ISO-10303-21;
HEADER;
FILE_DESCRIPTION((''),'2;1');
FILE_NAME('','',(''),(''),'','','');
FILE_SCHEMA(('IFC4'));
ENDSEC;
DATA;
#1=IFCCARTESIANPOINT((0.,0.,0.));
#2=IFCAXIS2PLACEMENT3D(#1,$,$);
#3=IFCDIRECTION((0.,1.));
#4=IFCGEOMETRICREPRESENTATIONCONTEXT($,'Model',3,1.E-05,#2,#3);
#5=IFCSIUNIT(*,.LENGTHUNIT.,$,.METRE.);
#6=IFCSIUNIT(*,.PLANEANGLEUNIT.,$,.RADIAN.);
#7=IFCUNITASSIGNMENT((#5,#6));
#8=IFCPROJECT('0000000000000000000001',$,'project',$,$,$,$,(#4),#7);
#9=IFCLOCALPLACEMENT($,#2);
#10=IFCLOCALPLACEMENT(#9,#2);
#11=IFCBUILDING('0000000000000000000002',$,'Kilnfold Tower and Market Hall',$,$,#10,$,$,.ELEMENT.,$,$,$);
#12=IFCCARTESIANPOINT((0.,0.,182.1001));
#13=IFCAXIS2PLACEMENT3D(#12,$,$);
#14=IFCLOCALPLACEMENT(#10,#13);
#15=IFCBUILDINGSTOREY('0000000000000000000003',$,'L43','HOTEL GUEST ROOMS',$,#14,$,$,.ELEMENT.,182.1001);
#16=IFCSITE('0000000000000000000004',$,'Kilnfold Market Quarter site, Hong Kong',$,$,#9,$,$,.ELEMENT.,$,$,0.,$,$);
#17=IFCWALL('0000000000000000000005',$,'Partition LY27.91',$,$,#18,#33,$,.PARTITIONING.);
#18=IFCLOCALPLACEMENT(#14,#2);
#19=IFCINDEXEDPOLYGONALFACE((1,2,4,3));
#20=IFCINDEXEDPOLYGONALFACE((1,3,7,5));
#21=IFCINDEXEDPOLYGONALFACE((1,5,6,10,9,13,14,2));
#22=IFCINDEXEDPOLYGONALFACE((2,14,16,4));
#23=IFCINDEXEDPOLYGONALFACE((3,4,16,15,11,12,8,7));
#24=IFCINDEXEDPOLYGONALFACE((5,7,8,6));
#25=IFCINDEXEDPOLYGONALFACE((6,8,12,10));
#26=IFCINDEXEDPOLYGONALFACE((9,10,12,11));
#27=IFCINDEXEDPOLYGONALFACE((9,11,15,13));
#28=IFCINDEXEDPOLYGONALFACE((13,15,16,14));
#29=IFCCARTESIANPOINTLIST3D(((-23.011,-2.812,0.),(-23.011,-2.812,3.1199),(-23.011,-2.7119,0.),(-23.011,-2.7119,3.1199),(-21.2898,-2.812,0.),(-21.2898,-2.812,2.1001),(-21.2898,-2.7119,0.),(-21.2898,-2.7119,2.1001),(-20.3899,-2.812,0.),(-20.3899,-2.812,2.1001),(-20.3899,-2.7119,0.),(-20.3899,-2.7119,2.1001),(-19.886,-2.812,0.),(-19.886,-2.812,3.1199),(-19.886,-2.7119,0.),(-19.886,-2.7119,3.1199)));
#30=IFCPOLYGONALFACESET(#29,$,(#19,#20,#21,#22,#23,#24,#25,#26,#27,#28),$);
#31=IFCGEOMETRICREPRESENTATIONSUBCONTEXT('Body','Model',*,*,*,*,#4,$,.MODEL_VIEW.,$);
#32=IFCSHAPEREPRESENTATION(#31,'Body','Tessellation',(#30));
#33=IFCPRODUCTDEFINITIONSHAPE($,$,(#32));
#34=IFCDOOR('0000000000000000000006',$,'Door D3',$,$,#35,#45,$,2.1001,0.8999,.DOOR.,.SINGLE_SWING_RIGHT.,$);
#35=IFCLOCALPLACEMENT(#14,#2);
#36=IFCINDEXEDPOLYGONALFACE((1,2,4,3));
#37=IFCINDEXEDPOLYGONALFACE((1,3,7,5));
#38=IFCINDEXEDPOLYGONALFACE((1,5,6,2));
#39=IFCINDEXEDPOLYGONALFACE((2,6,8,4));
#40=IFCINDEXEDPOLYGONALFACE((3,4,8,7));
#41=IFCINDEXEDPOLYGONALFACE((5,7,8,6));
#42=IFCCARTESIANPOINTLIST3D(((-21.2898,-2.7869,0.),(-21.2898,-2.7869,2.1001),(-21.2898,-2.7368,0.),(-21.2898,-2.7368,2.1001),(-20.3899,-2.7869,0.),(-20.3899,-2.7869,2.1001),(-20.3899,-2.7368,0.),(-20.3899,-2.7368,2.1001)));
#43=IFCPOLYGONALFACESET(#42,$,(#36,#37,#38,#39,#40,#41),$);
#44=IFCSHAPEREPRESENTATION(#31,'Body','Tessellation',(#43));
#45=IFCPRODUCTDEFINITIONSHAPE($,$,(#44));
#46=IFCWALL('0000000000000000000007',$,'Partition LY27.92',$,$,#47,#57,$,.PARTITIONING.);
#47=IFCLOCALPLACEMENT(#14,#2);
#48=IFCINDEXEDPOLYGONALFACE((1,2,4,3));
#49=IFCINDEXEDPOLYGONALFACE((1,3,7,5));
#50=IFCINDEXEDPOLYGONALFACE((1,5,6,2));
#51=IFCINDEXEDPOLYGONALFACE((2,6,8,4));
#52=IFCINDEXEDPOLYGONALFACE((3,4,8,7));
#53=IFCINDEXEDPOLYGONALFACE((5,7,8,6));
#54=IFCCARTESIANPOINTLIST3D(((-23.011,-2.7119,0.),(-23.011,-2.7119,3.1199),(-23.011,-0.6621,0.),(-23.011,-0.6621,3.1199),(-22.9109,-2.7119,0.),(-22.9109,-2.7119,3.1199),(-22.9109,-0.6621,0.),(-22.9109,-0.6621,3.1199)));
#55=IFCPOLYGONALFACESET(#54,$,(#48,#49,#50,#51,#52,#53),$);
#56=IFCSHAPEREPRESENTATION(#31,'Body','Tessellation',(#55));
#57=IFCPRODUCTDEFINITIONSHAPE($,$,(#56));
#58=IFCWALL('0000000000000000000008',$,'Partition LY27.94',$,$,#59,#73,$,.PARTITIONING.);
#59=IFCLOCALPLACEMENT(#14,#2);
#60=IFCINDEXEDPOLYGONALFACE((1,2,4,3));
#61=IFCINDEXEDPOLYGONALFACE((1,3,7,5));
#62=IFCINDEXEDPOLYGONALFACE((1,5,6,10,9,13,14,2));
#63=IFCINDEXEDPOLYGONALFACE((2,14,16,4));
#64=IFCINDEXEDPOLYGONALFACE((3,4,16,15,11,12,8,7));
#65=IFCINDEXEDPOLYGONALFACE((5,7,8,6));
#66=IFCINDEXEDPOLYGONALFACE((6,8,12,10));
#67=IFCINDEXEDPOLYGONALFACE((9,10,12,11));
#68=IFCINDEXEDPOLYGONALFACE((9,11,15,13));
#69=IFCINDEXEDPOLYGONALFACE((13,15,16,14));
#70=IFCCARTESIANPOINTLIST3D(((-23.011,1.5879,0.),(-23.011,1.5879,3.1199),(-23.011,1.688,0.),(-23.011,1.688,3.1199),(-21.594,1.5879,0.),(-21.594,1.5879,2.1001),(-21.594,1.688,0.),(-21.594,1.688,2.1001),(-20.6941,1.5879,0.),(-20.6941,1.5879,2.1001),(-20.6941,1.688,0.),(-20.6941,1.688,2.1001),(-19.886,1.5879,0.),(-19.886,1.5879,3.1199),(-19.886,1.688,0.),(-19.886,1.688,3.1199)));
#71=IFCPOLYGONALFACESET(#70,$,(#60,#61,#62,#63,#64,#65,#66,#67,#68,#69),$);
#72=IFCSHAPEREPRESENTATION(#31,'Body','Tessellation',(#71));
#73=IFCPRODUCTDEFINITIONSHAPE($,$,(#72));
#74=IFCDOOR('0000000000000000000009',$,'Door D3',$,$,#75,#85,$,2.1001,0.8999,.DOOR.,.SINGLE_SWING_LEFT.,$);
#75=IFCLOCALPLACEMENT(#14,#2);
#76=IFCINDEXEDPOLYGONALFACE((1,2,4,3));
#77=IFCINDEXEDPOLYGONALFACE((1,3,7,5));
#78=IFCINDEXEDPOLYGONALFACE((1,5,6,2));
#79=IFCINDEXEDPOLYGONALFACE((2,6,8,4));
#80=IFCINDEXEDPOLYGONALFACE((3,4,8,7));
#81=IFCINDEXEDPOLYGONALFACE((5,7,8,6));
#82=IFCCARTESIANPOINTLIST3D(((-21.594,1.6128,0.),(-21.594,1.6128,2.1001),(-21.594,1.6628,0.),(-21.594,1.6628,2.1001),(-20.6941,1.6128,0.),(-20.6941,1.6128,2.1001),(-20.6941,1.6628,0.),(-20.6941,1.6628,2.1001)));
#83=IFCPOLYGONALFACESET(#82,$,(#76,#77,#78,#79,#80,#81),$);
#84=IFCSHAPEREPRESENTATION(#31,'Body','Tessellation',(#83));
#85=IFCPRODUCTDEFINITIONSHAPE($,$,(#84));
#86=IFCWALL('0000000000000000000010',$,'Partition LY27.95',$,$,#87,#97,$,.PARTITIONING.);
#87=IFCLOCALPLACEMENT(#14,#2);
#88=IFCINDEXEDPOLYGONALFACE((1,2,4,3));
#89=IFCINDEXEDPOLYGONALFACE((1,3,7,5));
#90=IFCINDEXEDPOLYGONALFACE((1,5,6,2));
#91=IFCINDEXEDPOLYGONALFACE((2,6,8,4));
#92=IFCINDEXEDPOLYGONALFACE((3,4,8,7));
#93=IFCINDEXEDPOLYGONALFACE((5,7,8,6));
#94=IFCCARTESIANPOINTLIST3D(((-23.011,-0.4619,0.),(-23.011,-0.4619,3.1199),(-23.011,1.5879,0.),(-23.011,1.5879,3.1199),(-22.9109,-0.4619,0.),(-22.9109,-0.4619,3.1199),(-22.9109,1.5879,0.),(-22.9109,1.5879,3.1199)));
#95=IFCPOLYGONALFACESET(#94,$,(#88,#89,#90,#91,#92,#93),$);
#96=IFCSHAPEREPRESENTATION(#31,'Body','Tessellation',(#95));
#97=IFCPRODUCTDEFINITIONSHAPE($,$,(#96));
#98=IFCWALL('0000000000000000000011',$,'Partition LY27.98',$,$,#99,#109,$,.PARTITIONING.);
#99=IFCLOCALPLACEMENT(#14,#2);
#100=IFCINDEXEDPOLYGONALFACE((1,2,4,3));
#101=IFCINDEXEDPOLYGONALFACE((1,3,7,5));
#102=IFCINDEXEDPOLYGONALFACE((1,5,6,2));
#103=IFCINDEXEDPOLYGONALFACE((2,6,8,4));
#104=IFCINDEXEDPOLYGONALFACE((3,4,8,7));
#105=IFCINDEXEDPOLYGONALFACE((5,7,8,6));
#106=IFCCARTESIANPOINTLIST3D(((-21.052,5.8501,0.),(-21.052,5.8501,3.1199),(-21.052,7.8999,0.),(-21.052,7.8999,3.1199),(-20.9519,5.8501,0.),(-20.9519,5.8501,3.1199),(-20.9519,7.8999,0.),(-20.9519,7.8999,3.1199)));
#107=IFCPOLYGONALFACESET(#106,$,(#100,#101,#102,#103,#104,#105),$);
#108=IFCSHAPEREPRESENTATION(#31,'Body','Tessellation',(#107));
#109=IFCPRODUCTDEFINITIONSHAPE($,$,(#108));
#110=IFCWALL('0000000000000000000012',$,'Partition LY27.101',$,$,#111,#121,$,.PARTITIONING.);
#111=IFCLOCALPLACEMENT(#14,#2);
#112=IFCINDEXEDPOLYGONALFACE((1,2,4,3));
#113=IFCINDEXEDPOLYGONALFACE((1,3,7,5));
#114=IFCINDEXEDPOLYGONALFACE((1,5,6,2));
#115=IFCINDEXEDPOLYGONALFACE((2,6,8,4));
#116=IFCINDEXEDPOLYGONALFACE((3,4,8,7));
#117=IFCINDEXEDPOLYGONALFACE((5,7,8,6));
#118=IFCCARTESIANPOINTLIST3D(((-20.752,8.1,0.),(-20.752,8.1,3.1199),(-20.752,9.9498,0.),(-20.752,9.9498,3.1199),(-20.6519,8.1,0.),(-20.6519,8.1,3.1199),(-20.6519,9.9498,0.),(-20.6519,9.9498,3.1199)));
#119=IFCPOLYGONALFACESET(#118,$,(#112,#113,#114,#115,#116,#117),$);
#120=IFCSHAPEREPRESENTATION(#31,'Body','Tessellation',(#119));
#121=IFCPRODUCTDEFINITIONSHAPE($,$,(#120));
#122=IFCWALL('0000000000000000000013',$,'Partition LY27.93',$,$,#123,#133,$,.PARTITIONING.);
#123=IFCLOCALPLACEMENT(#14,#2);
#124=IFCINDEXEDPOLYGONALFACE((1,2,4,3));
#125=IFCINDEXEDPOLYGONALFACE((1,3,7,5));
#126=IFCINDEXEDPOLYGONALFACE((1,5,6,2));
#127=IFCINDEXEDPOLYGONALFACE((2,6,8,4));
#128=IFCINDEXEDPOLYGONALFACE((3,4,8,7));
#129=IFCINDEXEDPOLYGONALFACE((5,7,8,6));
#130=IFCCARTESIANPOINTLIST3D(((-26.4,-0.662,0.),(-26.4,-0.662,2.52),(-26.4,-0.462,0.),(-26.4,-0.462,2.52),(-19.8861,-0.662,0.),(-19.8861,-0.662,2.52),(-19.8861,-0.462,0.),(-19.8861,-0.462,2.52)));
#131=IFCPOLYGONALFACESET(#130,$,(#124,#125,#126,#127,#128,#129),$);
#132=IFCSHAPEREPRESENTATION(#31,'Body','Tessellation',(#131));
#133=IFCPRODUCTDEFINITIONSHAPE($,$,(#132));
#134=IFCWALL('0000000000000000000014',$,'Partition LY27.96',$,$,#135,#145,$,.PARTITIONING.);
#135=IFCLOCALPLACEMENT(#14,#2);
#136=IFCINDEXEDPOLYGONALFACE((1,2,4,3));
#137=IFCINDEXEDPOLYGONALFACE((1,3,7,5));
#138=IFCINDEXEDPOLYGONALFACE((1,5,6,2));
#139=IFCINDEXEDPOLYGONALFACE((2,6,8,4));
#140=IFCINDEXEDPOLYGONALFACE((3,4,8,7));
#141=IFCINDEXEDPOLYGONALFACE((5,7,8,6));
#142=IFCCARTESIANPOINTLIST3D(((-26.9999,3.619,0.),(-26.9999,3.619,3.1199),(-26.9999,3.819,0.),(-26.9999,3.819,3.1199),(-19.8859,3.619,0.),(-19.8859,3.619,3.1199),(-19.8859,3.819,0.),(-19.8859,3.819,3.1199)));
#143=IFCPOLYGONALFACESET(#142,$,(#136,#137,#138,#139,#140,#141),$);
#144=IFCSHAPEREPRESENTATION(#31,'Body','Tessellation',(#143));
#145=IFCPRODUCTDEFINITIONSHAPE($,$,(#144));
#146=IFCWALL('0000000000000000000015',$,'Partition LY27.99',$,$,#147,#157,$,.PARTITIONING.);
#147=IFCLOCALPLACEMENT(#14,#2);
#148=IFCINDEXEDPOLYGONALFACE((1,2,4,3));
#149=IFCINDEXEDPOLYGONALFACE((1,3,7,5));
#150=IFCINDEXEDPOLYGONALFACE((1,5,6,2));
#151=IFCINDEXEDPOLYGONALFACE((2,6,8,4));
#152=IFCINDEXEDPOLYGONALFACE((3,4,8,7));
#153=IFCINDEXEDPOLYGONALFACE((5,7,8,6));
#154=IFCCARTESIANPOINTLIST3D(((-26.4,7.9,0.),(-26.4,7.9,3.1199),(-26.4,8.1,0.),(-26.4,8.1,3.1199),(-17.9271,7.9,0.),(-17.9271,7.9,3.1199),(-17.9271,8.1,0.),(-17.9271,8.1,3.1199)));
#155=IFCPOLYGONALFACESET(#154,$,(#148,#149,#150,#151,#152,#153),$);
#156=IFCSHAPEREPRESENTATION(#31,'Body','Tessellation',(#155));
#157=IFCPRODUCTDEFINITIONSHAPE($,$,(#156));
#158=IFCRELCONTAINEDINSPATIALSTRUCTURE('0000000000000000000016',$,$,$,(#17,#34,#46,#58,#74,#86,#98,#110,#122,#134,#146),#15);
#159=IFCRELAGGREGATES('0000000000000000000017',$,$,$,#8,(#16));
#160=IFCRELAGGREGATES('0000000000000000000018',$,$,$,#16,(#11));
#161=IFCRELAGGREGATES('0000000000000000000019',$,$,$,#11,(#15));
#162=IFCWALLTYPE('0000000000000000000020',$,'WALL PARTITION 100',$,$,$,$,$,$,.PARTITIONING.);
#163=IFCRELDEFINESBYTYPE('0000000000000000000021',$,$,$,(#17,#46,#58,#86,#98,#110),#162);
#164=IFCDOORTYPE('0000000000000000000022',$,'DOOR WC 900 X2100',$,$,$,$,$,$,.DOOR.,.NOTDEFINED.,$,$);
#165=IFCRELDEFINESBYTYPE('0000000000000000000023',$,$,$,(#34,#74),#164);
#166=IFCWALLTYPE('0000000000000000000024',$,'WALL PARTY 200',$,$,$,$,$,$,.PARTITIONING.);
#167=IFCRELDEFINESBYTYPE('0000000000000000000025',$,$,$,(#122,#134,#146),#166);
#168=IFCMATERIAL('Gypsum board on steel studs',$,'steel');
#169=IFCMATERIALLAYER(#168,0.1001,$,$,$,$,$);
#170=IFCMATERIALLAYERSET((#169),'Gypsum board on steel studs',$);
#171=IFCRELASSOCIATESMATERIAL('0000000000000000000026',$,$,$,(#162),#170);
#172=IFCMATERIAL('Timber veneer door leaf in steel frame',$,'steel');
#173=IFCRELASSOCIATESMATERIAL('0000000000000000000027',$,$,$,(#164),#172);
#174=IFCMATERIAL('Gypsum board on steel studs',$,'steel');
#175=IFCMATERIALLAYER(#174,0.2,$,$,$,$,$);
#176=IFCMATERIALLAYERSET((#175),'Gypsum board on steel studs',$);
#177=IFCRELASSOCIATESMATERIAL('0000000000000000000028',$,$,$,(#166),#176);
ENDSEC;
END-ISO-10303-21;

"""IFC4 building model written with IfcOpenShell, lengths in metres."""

from ifc_helpers import new_model, si_unit, direction, frame, frame_2d, origin, place, context, subcontext, project, spatial, rectangle, extrude, material, layer, layer_set, type_object, element, fill, save


model = new_model("IFC4")

# Units and contexts
model_context = context("Model", 3, precision=1e-05, world=origin(), true_north=direction((0.0, 1.0)))
body_context = subcontext(model_context, "Body", "Model", "MODEL_VIEW")
ifc_project = project(units=[si_unit("LENGTHUNIT", "METRE"), si_unit("PLANEANGLEUNIT", "RADIAN")], contexts=[model_context])

# Site, building, storey
site_placement = place(None, origin())
site = spatial("IfcSite", under=ifc_project, at=site_placement, Name="Kilnfold Market Quarter site, Hong Kong", CompositionType="ELEMENT", RefElevation=0.0)
building_placement = place(site_placement, origin())
building = spatial("IfcBuilding", under=site, at=building_placement, Name="Kilnfold Tower and Market Hall", CompositionType="ELEMENT")
storey_placement = place(building_placement, frame((0.0, 0.0, 182.1001)))
storey = spatial("IfcBuildingStorey", under=building, at=storey_placement, Name="L43", Description="HOTEL GUEST ROOMS", CompositionType="ELEMENT", Elevation=182.1001)

# Wall, opening, door
ifc_material_1 = material(Name="Gypsum board on steel studs", Category="steel")
ifc_layer_1 = layer(ifc_material_1, 0.1001)
ifc_layer_set_1 = layer_set([ifc_layer_1], Name="Gypsum board on steel studs")
wall_type_1 = type_object("IfcWallType", Name="WALL PARTITION 100", PredefinedType="PARTITIONING", material=ifc_layer_set_1)
wall_1_placement = place(storey_placement, frame((-19.886, -2.762, 0.0), z_axis=(0.0, 0.0, 1.0), x_axis=(-1.0, 0.0, 0.0)))
wall_1 = element("IfcWall", 1, at=wall_1_placement, inside=storey, type_object=wall_type_1, Name="Partition LY27.91", PredefinedType="PARTITIONING", context=body_context, shape_type="SweptSolid", body=[
    extrude(rectangle(XDim=3.125, YDim=0.1001, at=frame_2d((1.5625, 0.0))), origin(), (0.0, 0.0, 1.0), 3.1199),
])
opening_1_placement = place(wall_1_placement, frame((0.5039, 0.0, 0.0)))
opening_1 = element("IfcOpeningElement", 2, at=opening_1_placement, cuts=wall_1, PredefinedType="OPENING", context=body_context, shape_type="SweptSolid", body=[
    extrude(rectangle(XDim=0.8999, YDim=2.1001, at=frame_2d((0.45, 1.05))), frame((0.0, 0.0601, 0.0), z_axis=(0.0, -1.0, 0.0), x_axis=(1.0, 0.0, 0.0)), (0.0, 0.0, 1.0), 0.1201),
])
ifc_material_2 = material(Name="Timber veneer door leaf in steel frame", Category="steel")
door_type_1 = type_object("IfcDoorType", Name="DOOR WC 900 X2100", OperationType="NOTDEFINED", PredefinedType="DOOR", material=ifc_material_2)
door_1_placement = place(opening_1_placement, origin())
door_1 = element("IfcDoor", 3, at=door_1_placement, inside=storey, type_object=door_type_1, Name="Door D3", OperationType="SINGLE_SWING_RIGHT", OverallHeight=2.1001, OverallWidth=0.8999, PredefinedType="DOOR", context=body_context, shape_type="SweptSolid", body=[
    extrude(rectangle(XDim=0.8999, YDim=2.1001, at=frame_2d((0.45, 1.05))), frame((0.0, 0.0249, 0.0), z_axis=(0.0, -1.0, 0.0), x_axis=(1.0, 0.0, 0.0)), (0.0, 0.0, 1.0), 0.05),
])
fill(opening_1, door_1)

# Wall
wall_2_placement = place(storey_placement, frame((-22.9609, -2.7119, 0.0), z_axis=(0.0, 0.0, 1.0), x_axis=(0.0, 1.0, 0.0)))
element("IfcWall", 4, at=wall_2_placement, inside=storey, type_object=wall_type_1, Name="Partition LY27.92", PredefinedType="PARTITIONING", context=body_context, shape_type="SweptSolid", body=[
    extrude(rectangle(XDim=2.0498, YDim=0.1001, at=frame_2d((1.0249, 0.0))), origin(), (0.0, 0.0, 1.0), 3.1199),
])

# Wall, opening, door
wall_3_placement = place(storey_placement, frame((-23.011, 1.6379, 0.0), z_axis=(0.0, 0.0, 1.0), x_axis=(1.0, 0.0, 0.0)))
wall_3 = element("IfcWall", 5, at=wall_3_placement, inside=storey, type_object=wall_type_1, Name="Partition LY27.94", PredefinedType="PARTITIONING", context=body_context, shape_type="SweptSolid", body=[
    extrude(rectangle(XDim=3.125, YDim=0.1001, at=frame_2d((1.5625, 0.0))), origin(), (0.0, 0.0, 1.0), 3.1199),
])
opening_2_placement = place(wall_3_placement, frame((1.417, 0.0, 0.0)))
opening_2 = element("IfcOpeningElement", 6, at=opening_2_placement, cuts=wall_3, PredefinedType="OPENING", context=body_context, shape_type="SweptSolid", body=[
    extrude(rectangle(XDim=0.8999, YDim=2.1001, at=frame_2d((0.45, 1.05))), frame((0.0, 0.0601, 0.0), z_axis=(0.0, -1.0, 0.0), x_axis=(1.0, 0.0, 0.0)), (0.0, 0.0, 1.0), 0.1201),
])
door_2_placement = place(opening_2_placement, origin())
door_2 = element("IfcDoor", 7, at=door_2_placement, inside=storey, type_object=door_type_1, Name="Door D3", OperationType="SINGLE_SWING_LEFT", OverallHeight=2.1001, OverallWidth=0.8999, PredefinedType="DOOR", context=body_context, shape_type="SweptSolid", body=[
    extrude(rectangle(XDim=0.8999, YDim=2.1001, at=frame_2d((0.45, 1.05))), frame((0.0, 0.0249, 0.0), z_axis=(0.0, -1.0, 0.0), x_axis=(1.0, 0.0, 0.0)), (0.0, 0.0, 1.0), 0.05),
])
fill(opening_2, door_2)

# Walls
for number, where, z_axis, x_axis, name in (
    (8, (-22.9609, -0.4619, 0.0), (0.0, 0.0, 1.0), (0.0, 1.0, 0.0), "Partition LY27.95"),
    (9, (-21.002, 5.8501, 0.0), (0.0, 0.0, 1.0), (0.0, 1.0, 0.0), "Partition LY27.98"),
):
    element("IfcWall", number, at=place(storey_placement, frame(where, z_axis=z_axis, x_axis=x_axis)), inside=storey, type_object=wall_type_1, Name=name, PredefinedType="PARTITIONING", context=body_context, shape_type="SweptSolid", body=[
        extrude(rectangle(XDim=2.0498, YDim=0.1001, at=frame_2d((1.0249, 0.0))), origin(), (0.0, 0.0, 1.0), 3.1199),
    ])
wall_4_placement = place(storey_placement, frame((-20.7019, 8.1001, 0.0), z_axis=(0.0, 0.0, 1.0), x_axis=(0.0, 1.0, 0.0)))
element("IfcWall", 10, at=wall_4_placement, inside=storey, type_object=wall_type_1, Name="Partition LY27.101", PredefinedType="PARTITIONING", context=body_context, shape_type="SweptSolid", body=[
    extrude(rectangle(XDim=1.8499, YDim=0.1001, at=frame_2d((0.9248, 0.0))), origin(), (0.0, 0.0, 1.0), 3.1199),
])
ifc_material_3 = material(Name="Gypsum board on steel studs", Category="steel")
ifc_layer_2 = layer(ifc_material_3, 0.2)
ifc_layer_set_2 = layer_set([ifc_layer_2], Name="Gypsum board on steel studs")
wall_type_2 = type_object("IfcWallType", Name="WALL PARTY 200", PredefinedType="PARTITIONING", material=ifc_layer_set_2)
wall_5_placement = place(storey_placement, frame((-26.3999, -0.562, 0.0), z_axis=(0.0, 0.0, 1.0), x_axis=(1.0, 0.0, 0.0)))
element("IfcWall", 11, at=wall_5_placement, inside=storey, type_object=wall_type_2, Name="Partition LY27.93", PredefinedType="PARTITIONING", context=body_context, shape_type="SweptSolid", body=[
    extrude(rectangle(XDim=6.5139, YDim=0.2, at=frame_2d((3.2568, 0.0))), origin(), (0.0, 0.0, 1.0), 2.52),
])
wall_6_placement = place(storey_placement, frame((-27.0, 3.719, 0.0), z_axis=(0.0, 0.0, 1.0), x_axis=(1.0, 0.0, 0.0)))
element("IfcWall", 12, at=wall_6_placement, inside=storey, type_object=wall_type_2, Name="Partition LY27.96", PredefinedType="PARTITIONING", context=body_context, shape_type="SweptSolid", body=[
    extrude(rectangle(XDim=7.114, YDim=0.2, at=frame_2d((3.5571, 0.0))), origin(), (0.0, 0.0, 1.0), 3.1199),
])
wall_7_placement = place(storey_placement, frame((-26.3999, 8.0, 0.0), z_axis=(0.0, 0.0, 1.0), x_axis=(1.0, 0.0, 0.0)))
element("IfcWall", 13, at=wall_7_placement, inside=storey, type_object=wall_type_2, Name="Partition LY27.99", PredefinedType="PARTITIONING", context=body_context, shape_type="SweptSolid", body=[
    extrude(rectangle(XDim=8.4729, YDim=0.2, at=frame_2d((4.2363, 0.0))), origin(), (0.0, 0.0, 1.0), 3.1199),
])

save(model, "model.ifc")
